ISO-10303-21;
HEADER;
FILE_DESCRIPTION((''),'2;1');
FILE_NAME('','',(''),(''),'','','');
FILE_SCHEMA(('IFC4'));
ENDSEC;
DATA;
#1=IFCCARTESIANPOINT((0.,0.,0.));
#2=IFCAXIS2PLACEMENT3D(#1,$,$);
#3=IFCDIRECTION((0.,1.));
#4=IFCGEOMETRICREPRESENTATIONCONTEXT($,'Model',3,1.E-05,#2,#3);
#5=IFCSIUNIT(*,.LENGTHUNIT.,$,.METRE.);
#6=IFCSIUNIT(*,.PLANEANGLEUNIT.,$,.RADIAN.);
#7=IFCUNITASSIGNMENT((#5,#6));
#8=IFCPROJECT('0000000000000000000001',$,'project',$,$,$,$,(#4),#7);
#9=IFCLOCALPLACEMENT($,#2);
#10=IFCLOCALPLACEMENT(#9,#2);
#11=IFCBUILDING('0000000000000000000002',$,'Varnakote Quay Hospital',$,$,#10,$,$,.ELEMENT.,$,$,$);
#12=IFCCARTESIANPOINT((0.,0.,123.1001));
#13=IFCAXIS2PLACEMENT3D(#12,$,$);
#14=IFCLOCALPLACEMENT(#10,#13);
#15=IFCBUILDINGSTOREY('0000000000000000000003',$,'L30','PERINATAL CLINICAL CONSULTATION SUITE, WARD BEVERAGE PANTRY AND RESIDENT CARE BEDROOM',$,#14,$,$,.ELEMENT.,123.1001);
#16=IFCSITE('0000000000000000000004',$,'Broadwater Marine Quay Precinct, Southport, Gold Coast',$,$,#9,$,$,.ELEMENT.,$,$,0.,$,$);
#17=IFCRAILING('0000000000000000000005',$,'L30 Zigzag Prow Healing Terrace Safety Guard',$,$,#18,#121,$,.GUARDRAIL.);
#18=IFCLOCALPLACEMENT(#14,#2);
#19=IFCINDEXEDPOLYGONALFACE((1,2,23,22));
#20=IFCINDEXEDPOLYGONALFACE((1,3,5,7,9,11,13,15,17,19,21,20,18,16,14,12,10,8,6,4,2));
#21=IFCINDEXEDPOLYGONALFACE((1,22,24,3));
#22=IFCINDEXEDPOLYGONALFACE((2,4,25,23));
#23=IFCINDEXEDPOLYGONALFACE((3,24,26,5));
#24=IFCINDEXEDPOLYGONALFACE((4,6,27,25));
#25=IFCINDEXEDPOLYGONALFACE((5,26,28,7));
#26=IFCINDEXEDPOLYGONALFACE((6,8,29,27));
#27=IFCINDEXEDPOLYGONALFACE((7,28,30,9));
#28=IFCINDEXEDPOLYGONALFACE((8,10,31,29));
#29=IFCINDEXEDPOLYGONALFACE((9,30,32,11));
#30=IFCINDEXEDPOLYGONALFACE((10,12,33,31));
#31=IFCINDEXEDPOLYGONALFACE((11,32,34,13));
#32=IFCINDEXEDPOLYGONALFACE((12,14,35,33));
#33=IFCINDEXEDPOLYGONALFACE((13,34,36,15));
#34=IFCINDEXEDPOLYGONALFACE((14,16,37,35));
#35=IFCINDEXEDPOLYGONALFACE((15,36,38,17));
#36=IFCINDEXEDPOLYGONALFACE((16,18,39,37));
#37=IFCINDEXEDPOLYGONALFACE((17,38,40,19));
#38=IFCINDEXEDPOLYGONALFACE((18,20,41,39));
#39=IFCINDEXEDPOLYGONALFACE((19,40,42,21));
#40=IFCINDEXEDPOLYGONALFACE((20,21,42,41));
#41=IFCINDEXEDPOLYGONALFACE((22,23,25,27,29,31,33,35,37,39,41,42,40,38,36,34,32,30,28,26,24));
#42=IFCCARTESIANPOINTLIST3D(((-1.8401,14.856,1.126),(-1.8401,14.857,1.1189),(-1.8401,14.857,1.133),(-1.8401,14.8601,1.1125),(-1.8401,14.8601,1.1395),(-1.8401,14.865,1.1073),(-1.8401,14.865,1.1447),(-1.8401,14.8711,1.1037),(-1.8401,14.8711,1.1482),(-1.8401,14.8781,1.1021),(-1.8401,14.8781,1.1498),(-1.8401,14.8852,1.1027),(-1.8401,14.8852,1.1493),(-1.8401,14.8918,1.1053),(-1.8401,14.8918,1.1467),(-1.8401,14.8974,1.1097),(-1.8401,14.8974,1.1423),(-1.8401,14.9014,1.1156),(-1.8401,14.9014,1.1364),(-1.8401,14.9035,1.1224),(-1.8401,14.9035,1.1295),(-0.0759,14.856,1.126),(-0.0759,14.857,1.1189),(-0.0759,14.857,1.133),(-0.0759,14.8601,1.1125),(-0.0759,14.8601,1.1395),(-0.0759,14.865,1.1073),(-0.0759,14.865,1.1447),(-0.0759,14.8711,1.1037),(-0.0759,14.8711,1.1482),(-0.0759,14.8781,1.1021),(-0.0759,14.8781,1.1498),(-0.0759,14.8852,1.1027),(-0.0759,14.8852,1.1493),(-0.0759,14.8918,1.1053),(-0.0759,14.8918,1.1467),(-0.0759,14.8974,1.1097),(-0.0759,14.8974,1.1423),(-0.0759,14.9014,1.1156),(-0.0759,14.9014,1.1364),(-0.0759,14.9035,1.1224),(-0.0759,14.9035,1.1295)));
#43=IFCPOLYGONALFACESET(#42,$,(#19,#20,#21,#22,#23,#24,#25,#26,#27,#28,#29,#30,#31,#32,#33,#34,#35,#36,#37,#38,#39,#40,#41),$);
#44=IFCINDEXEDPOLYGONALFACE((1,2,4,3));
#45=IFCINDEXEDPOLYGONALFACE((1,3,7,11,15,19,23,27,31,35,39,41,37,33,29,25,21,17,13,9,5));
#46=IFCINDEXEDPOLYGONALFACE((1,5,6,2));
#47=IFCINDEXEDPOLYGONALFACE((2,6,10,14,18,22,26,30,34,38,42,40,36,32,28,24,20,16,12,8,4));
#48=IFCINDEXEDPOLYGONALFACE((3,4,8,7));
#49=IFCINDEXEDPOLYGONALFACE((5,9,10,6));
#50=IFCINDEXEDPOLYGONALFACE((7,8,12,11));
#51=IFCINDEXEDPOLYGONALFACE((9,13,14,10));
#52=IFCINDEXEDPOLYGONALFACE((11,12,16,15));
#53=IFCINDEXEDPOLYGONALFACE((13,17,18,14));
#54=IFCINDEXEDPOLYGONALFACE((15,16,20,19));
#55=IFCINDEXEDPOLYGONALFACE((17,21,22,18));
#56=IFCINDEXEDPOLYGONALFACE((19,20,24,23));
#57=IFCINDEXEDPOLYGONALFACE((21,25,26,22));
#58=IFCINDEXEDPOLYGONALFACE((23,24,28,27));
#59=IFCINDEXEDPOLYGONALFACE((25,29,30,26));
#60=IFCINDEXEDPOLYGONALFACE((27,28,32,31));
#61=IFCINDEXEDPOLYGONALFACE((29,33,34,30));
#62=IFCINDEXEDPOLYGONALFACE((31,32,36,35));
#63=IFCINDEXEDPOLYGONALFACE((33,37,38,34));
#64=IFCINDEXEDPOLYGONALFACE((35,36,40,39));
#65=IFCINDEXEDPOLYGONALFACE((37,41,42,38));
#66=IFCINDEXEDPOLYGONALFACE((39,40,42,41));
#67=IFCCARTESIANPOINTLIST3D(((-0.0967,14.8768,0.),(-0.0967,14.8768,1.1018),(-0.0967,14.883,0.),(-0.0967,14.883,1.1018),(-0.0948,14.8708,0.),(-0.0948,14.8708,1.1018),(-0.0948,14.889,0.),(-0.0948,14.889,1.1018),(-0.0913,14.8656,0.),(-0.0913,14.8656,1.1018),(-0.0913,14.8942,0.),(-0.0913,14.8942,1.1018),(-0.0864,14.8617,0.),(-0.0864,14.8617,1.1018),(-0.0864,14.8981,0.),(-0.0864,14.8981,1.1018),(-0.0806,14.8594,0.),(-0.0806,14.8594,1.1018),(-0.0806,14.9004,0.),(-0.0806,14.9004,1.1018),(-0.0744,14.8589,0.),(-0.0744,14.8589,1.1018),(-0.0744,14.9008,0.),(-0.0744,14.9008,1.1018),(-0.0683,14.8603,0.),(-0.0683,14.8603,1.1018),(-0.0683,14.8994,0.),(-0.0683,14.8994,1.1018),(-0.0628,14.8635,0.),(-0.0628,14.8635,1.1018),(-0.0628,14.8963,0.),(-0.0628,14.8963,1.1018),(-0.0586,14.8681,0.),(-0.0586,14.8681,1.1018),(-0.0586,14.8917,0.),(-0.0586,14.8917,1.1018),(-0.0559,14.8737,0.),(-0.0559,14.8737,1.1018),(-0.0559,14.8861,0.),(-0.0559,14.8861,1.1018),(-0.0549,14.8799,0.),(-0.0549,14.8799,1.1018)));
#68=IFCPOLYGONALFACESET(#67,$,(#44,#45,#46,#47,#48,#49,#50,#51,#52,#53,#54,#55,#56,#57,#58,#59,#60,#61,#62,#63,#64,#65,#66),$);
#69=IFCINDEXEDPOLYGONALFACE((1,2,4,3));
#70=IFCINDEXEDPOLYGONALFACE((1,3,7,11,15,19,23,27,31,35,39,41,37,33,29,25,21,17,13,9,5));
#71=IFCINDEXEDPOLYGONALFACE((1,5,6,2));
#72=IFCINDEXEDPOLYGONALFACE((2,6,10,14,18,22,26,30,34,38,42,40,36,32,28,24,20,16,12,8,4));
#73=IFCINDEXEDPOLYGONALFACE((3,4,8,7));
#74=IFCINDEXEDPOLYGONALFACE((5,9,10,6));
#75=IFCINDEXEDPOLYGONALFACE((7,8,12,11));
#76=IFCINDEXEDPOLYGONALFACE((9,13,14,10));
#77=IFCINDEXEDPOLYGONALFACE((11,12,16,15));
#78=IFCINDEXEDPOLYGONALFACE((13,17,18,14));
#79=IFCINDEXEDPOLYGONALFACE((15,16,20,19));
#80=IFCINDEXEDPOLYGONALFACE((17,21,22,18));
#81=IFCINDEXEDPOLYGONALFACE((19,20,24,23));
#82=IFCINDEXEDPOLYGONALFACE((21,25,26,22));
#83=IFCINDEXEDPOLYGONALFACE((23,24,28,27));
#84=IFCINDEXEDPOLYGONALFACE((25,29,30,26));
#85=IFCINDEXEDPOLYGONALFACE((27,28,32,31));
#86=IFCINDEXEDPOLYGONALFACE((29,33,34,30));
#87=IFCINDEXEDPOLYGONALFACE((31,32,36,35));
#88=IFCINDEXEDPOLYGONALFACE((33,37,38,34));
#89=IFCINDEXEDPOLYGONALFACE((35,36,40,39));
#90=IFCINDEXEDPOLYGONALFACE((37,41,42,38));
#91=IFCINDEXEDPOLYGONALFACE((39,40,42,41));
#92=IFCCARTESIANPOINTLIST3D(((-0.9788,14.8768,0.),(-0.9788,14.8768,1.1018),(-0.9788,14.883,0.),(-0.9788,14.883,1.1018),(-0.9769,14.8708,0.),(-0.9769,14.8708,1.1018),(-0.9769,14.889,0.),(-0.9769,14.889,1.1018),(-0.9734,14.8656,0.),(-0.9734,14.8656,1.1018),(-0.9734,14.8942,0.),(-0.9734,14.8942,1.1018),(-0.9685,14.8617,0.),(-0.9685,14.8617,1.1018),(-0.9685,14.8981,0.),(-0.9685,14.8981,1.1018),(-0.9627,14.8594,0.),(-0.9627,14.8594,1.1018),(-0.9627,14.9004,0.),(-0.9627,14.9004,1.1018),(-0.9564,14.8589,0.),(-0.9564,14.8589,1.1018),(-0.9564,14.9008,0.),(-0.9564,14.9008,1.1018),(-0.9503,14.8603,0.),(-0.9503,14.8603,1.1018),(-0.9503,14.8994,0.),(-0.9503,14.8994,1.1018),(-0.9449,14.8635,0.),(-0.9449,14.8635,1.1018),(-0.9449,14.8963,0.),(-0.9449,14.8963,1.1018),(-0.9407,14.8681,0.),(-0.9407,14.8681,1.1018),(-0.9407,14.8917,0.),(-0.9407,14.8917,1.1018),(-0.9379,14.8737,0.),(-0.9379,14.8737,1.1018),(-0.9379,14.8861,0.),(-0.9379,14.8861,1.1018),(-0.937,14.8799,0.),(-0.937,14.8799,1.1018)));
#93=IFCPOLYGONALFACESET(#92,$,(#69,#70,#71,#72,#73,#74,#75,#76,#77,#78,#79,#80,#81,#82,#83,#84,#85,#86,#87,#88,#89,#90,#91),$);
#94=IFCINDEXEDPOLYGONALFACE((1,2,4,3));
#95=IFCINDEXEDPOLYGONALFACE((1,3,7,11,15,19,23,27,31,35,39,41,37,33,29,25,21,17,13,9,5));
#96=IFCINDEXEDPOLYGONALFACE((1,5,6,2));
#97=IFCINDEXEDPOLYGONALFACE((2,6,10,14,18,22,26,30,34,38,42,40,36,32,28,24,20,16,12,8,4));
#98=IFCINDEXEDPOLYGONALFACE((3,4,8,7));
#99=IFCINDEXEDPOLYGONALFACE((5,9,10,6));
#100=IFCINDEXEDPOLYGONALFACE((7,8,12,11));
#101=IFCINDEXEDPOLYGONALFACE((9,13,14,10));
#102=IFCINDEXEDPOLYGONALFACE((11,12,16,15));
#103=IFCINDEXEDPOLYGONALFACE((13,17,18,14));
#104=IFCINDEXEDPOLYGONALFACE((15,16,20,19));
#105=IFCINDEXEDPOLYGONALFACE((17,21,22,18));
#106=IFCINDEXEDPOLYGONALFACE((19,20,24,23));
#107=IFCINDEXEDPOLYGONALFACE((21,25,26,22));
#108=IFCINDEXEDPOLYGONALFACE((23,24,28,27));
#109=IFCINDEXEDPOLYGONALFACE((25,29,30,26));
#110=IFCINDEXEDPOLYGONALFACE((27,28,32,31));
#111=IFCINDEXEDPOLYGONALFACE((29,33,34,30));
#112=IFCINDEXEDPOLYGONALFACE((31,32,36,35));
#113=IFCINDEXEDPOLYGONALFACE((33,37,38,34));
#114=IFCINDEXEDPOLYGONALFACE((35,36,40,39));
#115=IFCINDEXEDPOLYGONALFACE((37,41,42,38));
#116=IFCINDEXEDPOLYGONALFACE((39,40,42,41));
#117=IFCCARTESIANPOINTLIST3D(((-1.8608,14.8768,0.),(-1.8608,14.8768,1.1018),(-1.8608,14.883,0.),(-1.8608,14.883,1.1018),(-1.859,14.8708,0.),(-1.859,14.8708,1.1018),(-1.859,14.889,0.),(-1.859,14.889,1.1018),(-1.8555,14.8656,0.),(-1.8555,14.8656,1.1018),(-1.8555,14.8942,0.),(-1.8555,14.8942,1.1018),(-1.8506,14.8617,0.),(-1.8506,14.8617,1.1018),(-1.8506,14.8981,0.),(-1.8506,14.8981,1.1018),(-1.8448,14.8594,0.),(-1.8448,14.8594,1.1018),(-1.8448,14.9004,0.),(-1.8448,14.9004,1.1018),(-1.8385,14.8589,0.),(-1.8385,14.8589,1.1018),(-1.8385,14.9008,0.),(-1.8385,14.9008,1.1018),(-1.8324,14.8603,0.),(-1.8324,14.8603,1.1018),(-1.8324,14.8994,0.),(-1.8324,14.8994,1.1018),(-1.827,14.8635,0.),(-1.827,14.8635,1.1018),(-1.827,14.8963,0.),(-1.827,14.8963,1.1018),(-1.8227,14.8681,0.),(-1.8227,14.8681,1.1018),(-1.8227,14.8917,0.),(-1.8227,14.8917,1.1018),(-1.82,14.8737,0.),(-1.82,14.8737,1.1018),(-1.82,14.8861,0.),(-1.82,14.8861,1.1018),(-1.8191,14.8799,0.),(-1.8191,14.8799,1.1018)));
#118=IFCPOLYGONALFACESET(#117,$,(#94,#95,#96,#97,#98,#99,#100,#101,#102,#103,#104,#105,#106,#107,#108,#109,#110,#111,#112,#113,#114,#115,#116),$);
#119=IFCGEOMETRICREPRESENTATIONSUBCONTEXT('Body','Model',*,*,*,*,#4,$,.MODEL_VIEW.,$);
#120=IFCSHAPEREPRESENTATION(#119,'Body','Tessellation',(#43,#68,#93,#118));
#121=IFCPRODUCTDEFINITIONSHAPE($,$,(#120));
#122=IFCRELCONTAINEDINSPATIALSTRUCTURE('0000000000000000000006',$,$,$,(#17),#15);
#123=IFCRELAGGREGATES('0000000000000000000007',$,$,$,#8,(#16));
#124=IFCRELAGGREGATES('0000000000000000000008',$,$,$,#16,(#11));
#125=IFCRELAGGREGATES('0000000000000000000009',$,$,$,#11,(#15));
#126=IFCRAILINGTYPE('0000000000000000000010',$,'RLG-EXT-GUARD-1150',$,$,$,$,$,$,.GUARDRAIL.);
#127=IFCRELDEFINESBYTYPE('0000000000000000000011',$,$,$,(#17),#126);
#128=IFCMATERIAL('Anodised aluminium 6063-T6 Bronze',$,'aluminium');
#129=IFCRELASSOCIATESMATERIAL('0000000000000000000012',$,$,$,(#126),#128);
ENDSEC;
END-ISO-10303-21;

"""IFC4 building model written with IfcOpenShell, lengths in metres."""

from ifc_helpers import new_model, si_unit, direction, frame, origin, origin_2d, place, context, subcontext, project, spatial, circle, extrude, material, type_object, element, save


model = new_model("IFC4")

# Units and contexts
model_context = context("Model", 3, precision=1e-05, world=origin(), true_north=direction((0.0, 1.0)))
body_context = subcontext(model_context, "Body", "Model", "MODEL_VIEW")
ifc_project = project(units=[si_unit("LENGTHUNIT", "METRE"), si_unit("PLANEANGLEUNIT", "RADIAN")], contexts=[model_context])

# Site, building, storey
site_placement = place(None, origin())
site = spatial("IfcSite", under=ifc_project, at=site_placement, Name="Broadwater Marine Quay Precinct, Southport, Gold Coast", CompositionType="ELEMENT", RefElevation=0.0)
building_placement = place(site_placement, origin())
building = spatial("IfcBuilding", under=site, at=building_placement, Name="Varnakote Quay Hospital", CompositionType="ELEMENT")
storey_placement = place(building_placement, frame((0.0, 0.0, 123.1001)))
storey = spatial("IfcBuildingStorey", under=building, at=storey_placement, Name="L30", Description="PERINATAL CLINICAL CONSULTATION SUITE, WARD BEVERAGE PANTRY AND RESIDENT CARE BEDROOM", CompositionType="ELEMENT", Elevation=123.1001)

# Railing
ifc_material_1 = material(Name="Anodised aluminium 6063-T6 Bronze", Category="aluminium")
railing_type = type_object("IfcRailingType", Name="RLG-EXT-GUARD-1150", PredefinedType="GUARDRAIL", material=ifc_material_1)
railing_1_placement = place(storey_placement, frame((-0.0759, 14.8799, 0.0)))
element("IfcRailing", 1, at=railing_1_placement, inside=storey, type_object=railing_type, Name="L30 Zigzag Prow Healing Terrace Safety Guard", PredefinedType="GUARDRAIL", context=body_context, shape_type="SweptSolid", body=[
    extrude(circle(Radius=0.0239, at=origin_2d()), frame((0.0, 0.0, 1.126), z_axis=(-1.0, 0.0, 0.0), x_axis=(0.0, -1.0, 0.0)), (0.0, 0.0, 1.0), 1.7642),
    extrude(circle(Radius=0.021, at=origin_2d()), origin(), (0.0, 0.0, 1.0), 1.1018),
    extrude(circle(Radius=0.021, at=origin_2d()), frame((-0.8821, 0.0, 0.0)), (0.0, 0.0, 1.0), 1.1018),
    extrude(circle(Radius=0.021, at=origin_2d()), frame((-1.7642, 0.0, 0.0)), (0.0, 0.0, 1.0), 1.1018),
])

save(model, "model.ifc")
